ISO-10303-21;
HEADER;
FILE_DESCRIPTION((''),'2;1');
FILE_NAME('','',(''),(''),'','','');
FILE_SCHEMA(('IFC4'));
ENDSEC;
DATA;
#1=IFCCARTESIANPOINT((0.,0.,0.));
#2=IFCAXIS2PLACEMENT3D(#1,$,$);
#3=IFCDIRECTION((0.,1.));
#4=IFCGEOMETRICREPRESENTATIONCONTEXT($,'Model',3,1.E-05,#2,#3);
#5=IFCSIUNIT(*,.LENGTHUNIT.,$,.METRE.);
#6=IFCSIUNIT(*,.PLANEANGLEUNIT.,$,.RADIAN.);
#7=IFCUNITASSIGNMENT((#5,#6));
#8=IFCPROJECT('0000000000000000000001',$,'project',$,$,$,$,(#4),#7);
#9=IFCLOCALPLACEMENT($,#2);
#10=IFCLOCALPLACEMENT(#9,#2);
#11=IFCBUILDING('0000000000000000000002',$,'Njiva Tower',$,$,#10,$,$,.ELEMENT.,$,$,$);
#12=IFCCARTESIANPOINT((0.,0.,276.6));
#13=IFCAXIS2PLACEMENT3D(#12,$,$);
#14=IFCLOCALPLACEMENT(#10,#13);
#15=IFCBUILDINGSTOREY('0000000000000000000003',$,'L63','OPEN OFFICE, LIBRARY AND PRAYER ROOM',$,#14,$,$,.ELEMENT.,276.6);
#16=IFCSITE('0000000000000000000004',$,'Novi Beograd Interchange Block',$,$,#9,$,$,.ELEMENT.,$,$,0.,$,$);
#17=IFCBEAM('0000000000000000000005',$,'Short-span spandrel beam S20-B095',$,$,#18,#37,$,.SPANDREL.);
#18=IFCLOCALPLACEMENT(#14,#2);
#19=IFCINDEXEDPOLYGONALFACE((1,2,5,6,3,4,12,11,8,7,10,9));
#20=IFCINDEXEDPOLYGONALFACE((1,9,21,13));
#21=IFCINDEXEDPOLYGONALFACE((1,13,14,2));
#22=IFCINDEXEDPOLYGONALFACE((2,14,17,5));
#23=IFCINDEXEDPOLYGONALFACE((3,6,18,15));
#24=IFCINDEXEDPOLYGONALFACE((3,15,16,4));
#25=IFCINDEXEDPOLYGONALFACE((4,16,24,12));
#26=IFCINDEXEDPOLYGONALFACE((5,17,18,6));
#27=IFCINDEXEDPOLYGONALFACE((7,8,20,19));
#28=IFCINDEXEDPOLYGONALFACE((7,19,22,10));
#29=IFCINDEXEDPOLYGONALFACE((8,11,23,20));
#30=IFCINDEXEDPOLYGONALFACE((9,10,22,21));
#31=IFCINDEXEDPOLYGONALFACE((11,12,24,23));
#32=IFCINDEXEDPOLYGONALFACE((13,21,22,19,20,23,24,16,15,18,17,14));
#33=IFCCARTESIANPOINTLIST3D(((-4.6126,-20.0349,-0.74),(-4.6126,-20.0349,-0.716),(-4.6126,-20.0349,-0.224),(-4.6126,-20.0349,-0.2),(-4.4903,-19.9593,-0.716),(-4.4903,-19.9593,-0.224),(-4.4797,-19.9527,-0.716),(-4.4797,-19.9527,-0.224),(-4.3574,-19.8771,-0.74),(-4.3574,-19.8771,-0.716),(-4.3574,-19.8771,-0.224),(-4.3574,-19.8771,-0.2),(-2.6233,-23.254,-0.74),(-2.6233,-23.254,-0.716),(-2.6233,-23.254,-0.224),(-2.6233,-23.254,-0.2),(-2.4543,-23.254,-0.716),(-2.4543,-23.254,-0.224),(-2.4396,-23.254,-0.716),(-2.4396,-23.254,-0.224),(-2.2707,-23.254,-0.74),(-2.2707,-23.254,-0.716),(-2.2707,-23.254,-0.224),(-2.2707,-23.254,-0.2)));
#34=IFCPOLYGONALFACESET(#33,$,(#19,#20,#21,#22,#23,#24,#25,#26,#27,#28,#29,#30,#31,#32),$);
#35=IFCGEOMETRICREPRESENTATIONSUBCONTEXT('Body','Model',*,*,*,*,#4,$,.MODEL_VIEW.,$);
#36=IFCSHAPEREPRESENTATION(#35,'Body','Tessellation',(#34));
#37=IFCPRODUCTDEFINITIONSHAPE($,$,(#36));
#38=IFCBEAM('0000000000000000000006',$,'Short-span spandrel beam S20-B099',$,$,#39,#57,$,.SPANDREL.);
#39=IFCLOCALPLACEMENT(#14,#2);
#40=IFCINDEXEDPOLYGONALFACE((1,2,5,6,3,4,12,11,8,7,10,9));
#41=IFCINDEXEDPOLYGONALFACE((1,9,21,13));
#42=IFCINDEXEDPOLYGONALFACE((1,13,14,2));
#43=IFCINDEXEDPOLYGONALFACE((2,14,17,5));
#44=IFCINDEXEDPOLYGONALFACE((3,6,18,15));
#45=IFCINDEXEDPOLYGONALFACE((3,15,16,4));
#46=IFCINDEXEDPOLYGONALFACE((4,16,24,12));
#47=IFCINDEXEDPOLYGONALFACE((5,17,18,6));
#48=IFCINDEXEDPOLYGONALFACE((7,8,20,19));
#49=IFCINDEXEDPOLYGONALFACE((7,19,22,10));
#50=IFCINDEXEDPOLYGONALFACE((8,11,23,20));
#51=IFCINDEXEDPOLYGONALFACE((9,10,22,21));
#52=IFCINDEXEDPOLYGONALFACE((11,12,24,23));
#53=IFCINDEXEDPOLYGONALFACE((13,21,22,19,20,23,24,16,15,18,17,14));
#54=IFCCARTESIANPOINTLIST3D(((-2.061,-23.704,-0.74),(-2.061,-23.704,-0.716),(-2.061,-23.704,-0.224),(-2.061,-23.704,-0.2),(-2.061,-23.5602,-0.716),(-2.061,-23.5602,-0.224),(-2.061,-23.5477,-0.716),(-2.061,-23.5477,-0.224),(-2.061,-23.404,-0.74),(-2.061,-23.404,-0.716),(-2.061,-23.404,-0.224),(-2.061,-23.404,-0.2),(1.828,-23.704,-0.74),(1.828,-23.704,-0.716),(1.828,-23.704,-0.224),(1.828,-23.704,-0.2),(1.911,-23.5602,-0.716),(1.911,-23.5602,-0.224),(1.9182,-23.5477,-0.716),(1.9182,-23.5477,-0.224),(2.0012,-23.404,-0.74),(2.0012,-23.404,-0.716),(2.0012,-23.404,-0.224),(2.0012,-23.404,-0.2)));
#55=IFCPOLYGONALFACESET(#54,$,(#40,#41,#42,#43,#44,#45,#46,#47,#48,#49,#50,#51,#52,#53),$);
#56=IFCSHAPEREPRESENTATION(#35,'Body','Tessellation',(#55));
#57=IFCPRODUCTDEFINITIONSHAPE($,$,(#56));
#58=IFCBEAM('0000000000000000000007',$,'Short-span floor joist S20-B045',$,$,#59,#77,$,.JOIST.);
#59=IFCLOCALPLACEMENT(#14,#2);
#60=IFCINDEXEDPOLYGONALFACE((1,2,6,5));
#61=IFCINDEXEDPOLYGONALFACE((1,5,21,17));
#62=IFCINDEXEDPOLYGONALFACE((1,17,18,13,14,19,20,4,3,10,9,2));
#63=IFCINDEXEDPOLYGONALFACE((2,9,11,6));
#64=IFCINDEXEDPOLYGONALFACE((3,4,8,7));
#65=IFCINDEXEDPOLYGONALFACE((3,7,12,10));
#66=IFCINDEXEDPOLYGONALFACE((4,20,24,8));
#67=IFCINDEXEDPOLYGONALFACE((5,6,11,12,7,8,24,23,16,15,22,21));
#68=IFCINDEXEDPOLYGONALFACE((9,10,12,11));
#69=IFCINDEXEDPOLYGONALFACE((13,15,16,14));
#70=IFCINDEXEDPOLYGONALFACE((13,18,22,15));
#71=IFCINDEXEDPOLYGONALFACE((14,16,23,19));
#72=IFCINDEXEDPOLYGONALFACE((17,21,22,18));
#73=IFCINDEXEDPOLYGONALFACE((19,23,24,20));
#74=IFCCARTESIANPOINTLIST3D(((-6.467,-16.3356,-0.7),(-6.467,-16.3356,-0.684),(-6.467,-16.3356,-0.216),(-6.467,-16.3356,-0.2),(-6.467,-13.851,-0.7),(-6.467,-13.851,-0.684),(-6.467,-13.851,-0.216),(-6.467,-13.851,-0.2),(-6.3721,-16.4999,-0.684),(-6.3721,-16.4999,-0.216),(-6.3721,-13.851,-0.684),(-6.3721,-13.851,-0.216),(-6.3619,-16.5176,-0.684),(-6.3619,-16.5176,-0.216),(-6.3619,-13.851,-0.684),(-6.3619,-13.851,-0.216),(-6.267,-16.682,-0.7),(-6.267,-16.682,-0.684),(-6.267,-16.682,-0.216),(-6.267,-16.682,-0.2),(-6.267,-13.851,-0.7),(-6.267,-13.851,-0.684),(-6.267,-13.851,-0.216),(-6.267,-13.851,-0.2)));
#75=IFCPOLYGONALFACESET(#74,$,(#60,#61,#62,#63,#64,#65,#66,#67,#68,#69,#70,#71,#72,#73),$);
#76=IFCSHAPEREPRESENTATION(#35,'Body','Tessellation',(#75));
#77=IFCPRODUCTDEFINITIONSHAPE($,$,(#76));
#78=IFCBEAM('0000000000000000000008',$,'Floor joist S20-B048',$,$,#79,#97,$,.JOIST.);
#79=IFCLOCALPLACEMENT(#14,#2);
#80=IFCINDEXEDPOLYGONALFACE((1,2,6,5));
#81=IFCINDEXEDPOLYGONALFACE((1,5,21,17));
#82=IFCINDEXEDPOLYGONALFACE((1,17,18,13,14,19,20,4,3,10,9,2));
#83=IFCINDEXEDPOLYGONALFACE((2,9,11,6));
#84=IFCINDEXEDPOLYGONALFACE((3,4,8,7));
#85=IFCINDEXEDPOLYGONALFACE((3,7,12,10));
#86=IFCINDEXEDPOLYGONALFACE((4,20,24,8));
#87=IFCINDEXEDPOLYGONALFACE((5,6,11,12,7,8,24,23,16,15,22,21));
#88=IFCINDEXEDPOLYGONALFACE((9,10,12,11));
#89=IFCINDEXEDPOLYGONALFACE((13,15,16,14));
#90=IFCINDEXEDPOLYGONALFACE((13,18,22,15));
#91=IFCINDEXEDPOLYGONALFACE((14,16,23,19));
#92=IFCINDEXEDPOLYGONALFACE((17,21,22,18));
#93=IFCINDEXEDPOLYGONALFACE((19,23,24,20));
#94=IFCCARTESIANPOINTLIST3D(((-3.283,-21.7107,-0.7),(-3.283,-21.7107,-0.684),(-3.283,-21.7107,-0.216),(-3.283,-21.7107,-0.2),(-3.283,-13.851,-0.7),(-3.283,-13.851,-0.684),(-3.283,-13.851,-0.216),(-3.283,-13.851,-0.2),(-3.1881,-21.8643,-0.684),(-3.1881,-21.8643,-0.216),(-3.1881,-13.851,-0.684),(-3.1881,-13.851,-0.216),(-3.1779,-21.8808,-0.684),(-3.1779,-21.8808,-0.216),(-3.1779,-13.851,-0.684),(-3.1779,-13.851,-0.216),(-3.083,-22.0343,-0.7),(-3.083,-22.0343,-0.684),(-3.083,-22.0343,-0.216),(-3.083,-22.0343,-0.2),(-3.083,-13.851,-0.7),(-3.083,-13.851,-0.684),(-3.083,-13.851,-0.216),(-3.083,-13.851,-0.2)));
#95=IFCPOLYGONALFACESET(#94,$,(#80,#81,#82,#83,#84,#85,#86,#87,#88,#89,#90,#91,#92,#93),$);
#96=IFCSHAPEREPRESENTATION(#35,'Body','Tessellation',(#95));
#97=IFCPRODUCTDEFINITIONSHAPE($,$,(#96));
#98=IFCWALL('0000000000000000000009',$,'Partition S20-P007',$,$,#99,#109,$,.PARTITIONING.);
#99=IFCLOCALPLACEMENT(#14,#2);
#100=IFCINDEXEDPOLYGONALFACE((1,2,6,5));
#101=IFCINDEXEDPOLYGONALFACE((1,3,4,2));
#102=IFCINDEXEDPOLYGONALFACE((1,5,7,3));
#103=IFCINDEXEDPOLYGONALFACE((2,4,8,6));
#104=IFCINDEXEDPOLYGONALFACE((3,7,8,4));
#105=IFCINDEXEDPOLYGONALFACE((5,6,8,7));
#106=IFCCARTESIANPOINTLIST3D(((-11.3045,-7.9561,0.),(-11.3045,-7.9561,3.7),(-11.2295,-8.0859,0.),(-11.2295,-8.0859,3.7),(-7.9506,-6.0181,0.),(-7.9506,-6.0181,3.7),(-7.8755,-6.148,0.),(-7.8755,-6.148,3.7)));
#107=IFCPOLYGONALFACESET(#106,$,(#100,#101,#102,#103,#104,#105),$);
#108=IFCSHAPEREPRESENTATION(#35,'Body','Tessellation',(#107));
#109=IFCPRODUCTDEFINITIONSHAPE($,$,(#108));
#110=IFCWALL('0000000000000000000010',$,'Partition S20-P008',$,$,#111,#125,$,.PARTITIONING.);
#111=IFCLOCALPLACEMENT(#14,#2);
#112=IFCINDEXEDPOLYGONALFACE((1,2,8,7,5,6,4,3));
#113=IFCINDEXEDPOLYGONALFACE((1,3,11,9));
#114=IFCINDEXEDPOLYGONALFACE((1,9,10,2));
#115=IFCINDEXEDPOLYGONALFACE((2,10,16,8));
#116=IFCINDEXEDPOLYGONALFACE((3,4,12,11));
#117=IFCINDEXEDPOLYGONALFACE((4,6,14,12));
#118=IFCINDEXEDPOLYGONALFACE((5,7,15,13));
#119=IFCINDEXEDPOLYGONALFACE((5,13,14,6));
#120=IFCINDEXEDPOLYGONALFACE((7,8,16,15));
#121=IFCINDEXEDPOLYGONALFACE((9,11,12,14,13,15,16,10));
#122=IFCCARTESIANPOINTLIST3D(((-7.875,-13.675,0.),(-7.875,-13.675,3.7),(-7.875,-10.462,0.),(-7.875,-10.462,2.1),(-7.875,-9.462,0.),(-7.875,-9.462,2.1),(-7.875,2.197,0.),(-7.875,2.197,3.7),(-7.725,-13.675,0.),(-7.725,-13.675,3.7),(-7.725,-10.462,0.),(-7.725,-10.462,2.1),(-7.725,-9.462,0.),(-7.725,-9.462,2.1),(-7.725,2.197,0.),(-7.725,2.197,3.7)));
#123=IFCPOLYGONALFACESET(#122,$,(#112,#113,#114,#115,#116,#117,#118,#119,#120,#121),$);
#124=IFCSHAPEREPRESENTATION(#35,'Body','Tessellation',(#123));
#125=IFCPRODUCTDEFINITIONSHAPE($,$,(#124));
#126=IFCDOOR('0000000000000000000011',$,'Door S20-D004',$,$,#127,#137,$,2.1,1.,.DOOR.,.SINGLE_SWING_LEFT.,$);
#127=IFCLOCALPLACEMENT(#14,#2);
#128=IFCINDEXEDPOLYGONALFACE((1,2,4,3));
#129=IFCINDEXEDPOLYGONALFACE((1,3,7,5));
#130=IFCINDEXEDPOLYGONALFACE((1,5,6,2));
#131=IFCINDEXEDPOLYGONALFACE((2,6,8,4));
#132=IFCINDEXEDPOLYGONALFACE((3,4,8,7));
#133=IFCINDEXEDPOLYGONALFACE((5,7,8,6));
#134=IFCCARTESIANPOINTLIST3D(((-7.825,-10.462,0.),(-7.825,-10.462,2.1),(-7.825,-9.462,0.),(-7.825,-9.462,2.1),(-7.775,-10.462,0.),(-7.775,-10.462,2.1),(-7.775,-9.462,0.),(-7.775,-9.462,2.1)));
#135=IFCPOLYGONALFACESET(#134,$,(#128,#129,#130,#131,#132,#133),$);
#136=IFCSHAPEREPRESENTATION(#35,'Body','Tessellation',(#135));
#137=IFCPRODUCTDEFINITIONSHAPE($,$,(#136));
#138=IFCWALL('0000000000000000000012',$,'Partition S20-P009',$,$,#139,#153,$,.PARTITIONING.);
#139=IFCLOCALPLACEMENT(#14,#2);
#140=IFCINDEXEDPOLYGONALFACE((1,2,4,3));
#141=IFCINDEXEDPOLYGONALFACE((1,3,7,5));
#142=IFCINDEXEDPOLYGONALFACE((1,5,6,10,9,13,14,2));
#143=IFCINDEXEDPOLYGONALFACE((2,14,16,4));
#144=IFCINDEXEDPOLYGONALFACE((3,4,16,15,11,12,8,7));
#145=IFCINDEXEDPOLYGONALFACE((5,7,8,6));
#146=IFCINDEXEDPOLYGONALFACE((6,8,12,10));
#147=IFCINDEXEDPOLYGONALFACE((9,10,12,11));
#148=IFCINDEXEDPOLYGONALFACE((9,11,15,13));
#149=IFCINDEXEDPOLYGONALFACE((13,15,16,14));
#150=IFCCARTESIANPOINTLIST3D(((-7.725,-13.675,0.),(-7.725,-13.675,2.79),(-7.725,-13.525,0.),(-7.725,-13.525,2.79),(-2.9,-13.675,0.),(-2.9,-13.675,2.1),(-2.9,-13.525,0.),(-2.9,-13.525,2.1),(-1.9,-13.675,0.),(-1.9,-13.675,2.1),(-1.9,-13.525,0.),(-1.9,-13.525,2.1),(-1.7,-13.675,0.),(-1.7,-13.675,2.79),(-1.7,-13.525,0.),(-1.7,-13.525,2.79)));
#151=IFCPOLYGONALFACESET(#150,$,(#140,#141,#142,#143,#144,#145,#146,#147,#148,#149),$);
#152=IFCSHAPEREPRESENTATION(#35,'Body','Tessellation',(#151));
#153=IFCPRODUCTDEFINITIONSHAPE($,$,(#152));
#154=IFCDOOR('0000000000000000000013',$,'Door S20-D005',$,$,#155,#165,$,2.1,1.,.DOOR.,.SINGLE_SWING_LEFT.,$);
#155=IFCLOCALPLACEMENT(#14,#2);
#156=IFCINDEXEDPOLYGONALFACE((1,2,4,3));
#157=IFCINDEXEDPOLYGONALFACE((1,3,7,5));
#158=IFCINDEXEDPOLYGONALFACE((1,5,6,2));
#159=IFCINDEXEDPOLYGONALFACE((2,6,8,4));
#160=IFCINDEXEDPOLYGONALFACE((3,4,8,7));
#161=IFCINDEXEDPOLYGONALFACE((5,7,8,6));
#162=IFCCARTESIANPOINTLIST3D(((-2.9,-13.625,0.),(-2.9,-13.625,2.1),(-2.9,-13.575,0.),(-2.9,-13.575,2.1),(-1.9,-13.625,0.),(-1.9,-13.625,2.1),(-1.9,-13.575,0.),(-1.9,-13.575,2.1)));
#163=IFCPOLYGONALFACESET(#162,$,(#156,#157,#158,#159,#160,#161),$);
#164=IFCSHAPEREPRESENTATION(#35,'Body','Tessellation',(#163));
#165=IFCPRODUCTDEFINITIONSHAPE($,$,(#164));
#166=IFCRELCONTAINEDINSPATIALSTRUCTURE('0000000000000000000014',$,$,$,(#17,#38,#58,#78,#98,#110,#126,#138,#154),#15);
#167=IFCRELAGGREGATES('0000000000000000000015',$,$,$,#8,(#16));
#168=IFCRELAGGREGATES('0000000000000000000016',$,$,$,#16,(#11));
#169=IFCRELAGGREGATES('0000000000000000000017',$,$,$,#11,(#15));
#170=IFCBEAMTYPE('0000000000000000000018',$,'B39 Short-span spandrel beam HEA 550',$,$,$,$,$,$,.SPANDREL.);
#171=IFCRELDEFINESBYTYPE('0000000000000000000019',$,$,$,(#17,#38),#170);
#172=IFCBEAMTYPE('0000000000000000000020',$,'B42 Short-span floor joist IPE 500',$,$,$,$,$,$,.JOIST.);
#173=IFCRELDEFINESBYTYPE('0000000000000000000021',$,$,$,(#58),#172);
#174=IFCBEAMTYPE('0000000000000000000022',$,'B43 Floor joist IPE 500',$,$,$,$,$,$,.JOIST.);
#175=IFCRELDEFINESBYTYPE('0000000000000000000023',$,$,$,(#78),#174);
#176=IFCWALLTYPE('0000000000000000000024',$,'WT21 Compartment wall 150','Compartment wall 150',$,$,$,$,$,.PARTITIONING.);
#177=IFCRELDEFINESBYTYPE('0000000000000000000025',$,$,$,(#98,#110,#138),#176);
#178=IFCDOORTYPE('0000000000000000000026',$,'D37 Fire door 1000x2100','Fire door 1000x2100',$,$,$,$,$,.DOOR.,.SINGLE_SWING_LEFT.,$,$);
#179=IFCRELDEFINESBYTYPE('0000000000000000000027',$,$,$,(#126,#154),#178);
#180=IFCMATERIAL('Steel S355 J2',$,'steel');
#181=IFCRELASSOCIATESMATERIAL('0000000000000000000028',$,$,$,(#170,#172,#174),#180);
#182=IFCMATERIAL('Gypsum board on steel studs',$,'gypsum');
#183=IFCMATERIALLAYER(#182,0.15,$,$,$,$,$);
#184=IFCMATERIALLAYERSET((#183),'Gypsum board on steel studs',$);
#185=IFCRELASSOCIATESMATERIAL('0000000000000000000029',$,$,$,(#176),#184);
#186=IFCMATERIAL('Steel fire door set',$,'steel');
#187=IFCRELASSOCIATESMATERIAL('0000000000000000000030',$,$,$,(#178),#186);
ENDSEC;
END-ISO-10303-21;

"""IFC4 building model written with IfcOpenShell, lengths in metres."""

from ifc_helpers import new_model, si_unit, direction, frame, frame_2d, origin, origin_2d, place, context, subcontext, project, spatial, rectangle, i_section, extrude, clip, halfspace, material, layer, layer_set, material_profile, profile_set, type_object, element, fill, save


model = new_model("IFC4")

# Units and contexts
model_context = context("Model", 3, precision=1e-05, world=origin(), true_north=direction((0.0, 1.0)))
body_context = subcontext(model_context, "Body", "Model", "MODEL_VIEW")
ifc_project = project(units=[si_unit("LENGTHUNIT", "METRE"), si_unit("PLANEANGLEUNIT", "RADIAN")], contexts=[model_context])

# Site, building, storey
site_placement = place(None, origin())
site = spatial("IfcSite", under=ifc_project, at=site_placement, Name="Novi Beograd Interchange Block", CompositionType="ELEMENT", RefElevation=0.0)
building_placement = place(site_placement, origin())
building = spatial("IfcBuilding", under=site, at=building_placement, Name="Njiva Tower", CompositionType="ELEMENT")
storey_placement = place(building_placement, frame((0.0, 0.0, 276.6)))
storey = spatial("IfcBuildingStorey", under=building, at=storey_placement, Name="L63", Description="OPEN OFFICE, LIBRARY AND PRAYER ROOM", CompositionType="ELEMENT", Elevation=276.6)

# Shared definitions
ifc_material_1 = material(Name="Steel S355 J2", Category="steel")

# Beams
ifc_material_profile_1 = material_profile(ifc_material_1, i_section(OverallWidth=0.3, OverallDepth=0.54, WebThickness=0.0125, FlangeThickness=0.024, at=origin_2d()), Name="HEA 550")
ifc_profile_set_1 = profile_set([ifc_material_profile_1], Name="Steel S355 J2")
beam_type_1 = type_object("IfcBeamType", Name="B39 Short-span spandrel beam HEA 550", PredefinedType="SPANDREL", material=ifc_profile_set_1)
beam_1_placement = place(storey_placement, frame((-4.485, -19.956, -0.47), z_axis=(0.52568, -0.850683, 0.0), x_axis=(0.850683, 0.52568, 0.0)))
element("IfcBeam", 1, at=beam_1_placement, inside=storey, type_object=beam_type_1, Name="Short-span spandrel beam S20-B095", PredefinedType="SPANDREL", context=body_context, shape_type="Clipping", body=[
    clip(extrude(i_section(OverallWidth=0.3, OverallDepth=0.54, WebThickness=0.0125, FlangeThickness=0.024, at=origin_2d()), origin(), (0.0, 0.0, 1.0), 3.9899), halfspace(frame((-0.0259, 0.0, 3.8609), z_axis=(-0.52568, 0.0, 0.850683), x_axis=(0.0, 1.0, 0.0)), False)),
])
beam_2_placement = place(storey_placement, frame((-2.061, -23.554, -0.47), z_axis=(1.0, 0.0, 0.0), x_axis=(0.0, 1.0, 0.0)))
element("IfcBeam", 2, at=beam_2_placement, inside=storey, type_object=beam_type_1, Name="Short-span spandrel beam S20-B099", PredefinedType="SPANDREL", context=body_context, shape_type="Clipping", body=[
    clip(extrude(i_section(OverallWidth=0.3, OverallDepth=0.54, WebThickness=0.0125, FlangeThickness=0.024, at=origin_2d()), origin(), (0.0, 0.0, 1.0), 4.083), halfspace(frame((-0.0248, 0.0, 3.9613), z_axis=(-0.499998, 0.0, 0.866027), x_axis=(0.0, 1.0, 0.0)), False)),
])
ifc_material_profile_2 = material_profile(ifc_material_1, i_section(OverallWidth=0.2, OverallDepth=0.5, WebThickness=0.0102, FlangeThickness=0.016, at=origin_2d()), Name="IPE 500")
ifc_profile_set_2 = profile_set([ifc_material_profile_2], Name="Steel S355 J2")
beam_type_2 = type_object("IfcBeamType", Name="B42 Short-span floor joist IPE 500", PredefinedType="JOIST", material=ifc_profile_set_2)
beam_3_placement = place(storey_placement, frame((-6.367, -13.851, -0.45), z_axis=(0.0, -1.0, 0.0), x_axis=(1.0, 0.0, 0.0)))
element("IfcBeam", 3, at=beam_3_placement, inside=storey, type_object=beam_type_2, Name="Short-span floor joist S20-B045", PredefinedType="JOIST", context=body_context, shape_type="Clipping", body=[
    clip(extrude(i_section(OverallWidth=0.2, OverallDepth=0.5, WebThickness=0.0102, FlangeThickness=0.016, at=origin_2d()), origin(), (0.0, 0.0, 1.0), 2.851), halfspace(frame((-0.043, 0.0, 2.5833), z_axis=(-0.866027, 0.0, 0.499998), x_axis=(0.0, 1.0, 0.0)), False)),
])
ifc_material_profile_3 = material_profile(ifc_material_1, i_section(OverallWidth=0.2, OverallDepth=0.5, WebThickness=0.0102, FlangeThickness=0.016, at=origin_2d()), Name="IPE 500")
ifc_profile_set_3 = profile_set([ifc_material_profile_3], Name="Steel S355 J2")
beam_type_3 = type_object("IfcBeamType", Name="B43 Floor joist IPE 500", PredefinedType="JOIST", material=ifc_profile_set_3)
beam_4_placement = place(storey_placement, frame((-3.183, -13.851, -0.45), z_axis=(0.0, -1.0, 0.0), x_axis=(1.0, 0.0, 0.0)))
element("IfcBeam", 4, at=beam_4_placement, inside=storey, type_object=beam_type_3, Name="Floor joist S20-B048", PredefinedType="JOIST", context=body_context, shape_type="Clipping", body=[
    clip(extrude(i_section(OverallWidth=0.2, OverallDepth=0.5, WebThickness=0.0102, FlangeThickness=0.016, at=origin_2d()), origin(), (0.0, 0.0, 1.0), 8.203), halfspace(frame((-0.0429, 0.0, 7.9521), z_axis=(-0.85062, 0.0, 0.52578), x_axis=(0.0, 1.0, 0.0)), False)),
])

# Wall
ifc_material_2 = material(Name="Gypsum board on steel studs", Category="gypsum")
ifc_layer_1 = layer(ifc_material_2, 0.15)
ifc_layer_set_1 = layer_set([ifc_layer_1], Name="Gypsum board on steel studs")
wall_type_1 = type_object("IfcWallType", Name="WT21 Compartment wall 150", Description="Compartment wall 150", PredefinedType="PARTITIONING", material=ifc_layer_set_1)
wall_1_placement = place(storey_placement, frame((-11.267, -8.021, 0.0), z_axis=(0.0, 0.0, 1.0), x_axis=(0.86585, 0.500303, 0.0)))
element("IfcWall", 5, at=wall_1_placement, inside=storey, type_object=wall_type_1, Name="Partition S20-P007", PredefinedType="PARTITIONING", context=body_context, shape_type="SweptSolid", body=[
    extrude(rectangle(XDim=3.8736, YDim=0.15, at=frame_2d((1.9368, 0.0))), origin(), (0.0, 0.0, 1.0), 3.7),
])

# Walls, openings, doors
wall_2_placement = place(storey_placement, frame((-7.8, -13.675, 0.0), z_axis=(0.0, 0.0, 1.0), x_axis=(0.0, 1.0, 0.0)))
wall_2 = element("IfcWall", 6, at=wall_2_placement, inside=storey, type_object=wall_type_1, Name="Partition S20-P008", PredefinedType="PARTITIONING", context=body_context, shape_type="SweptSolid", body=[
    extrude(rectangle(XDim=15.872, YDim=0.15, at=frame_2d((7.936, 0.0))), origin(), (0.0, 0.0, 1.0), 3.7),
])
opening_1_placement = place(wall_2_placement, frame((3.213, 0.0, 0.0)))
opening_1 = element("IfcOpeningElement", 7, at=opening_1_placement, cuts=wall_2, PredefinedType="OPENING", context=body_context, shape_type="SweptSolid", body=[
    extrude(rectangle(XDim=1.0, YDim=2.1, at=frame_2d((0.5, 1.05))), frame((0.0, 0.085, 0.0), z_axis=(0.0, -1.0, 0.0), x_axis=(1.0, 0.0, 0.0)), (0.0, 0.0, 1.0), 0.17),
])
ifc_material_3 = material(Name="Steel fire door set", Category="steel")
door_type = type_object("IfcDoorType", Name="D37 Fire door 1000x2100", Description="Fire door 1000x2100", OperationType="SINGLE_SWING_LEFT", PredefinedType="DOOR", material=ifc_material_3)
door_1_placement = place(opening_1_placement, origin())
door_1 = element("IfcDoor", 8, at=door_1_placement, inside=storey, type_object=door_type, Name="Door S20-D004", OperationType="SINGLE_SWING_LEFT", OverallHeight=2.1, OverallWidth=1.0, PredefinedType="DOOR", context=body_context, shape_type="SweptSolid", body=[
    extrude(rectangle(XDim=1.0, YDim=2.1, at=frame_2d((0.5, 1.05))), frame((0.0, 0.025, 0.0), z_axis=(0.0, -1.0, 0.0), x_axis=(1.0, 0.0, 0.0)), (0.0, 0.0, 1.0), 0.05),
])
fill(opening_1, door_1)
wall_3_placement = place(storey_placement, frame((-7.725, -13.6, 0.0), z_axis=(0.0, 0.0, 1.0), x_axis=(1.0, 0.0, 0.0)))
wall_3 = element("IfcWall", 9, at=wall_3_placement, inside=storey, type_object=wall_type_1, Name="Partition S20-P009", PredefinedType="PARTITIONING", context=body_context, shape_type="SweptSolid", body=[
    extrude(rectangle(XDim=6.025, YDim=0.15, at=frame_2d((3.0125, 0.0))), origin(), (0.0, 0.0, 1.0), 2.79),
])
opening_2_placement = place(wall_3_placement, frame((4.825, 0.0, 0.0)))
opening_2 = element("IfcOpeningElement", 10, at=opening_2_placement, cuts=wall_3, PredefinedType="OPENING", context=body_context, shape_type="SweptSolid", body=[
    extrude(rectangle(XDim=1.0, YDim=2.1, at=frame_2d((0.5, 1.05))), frame((0.0, 0.085, 0.0), z_axis=(0.0, -1.0, 0.0), x_axis=(1.0, 0.0, 0.0)), (0.0, 0.0, 1.0), 0.17),
])
door_2_placement = place(opening_2_placement, origin())
door_2 = element("IfcDoor", 11, at=door_2_placement, inside=storey, type_object=door_type, Name="Door S20-D005", OperationType="SINGLE_SWING_LEFT", OverallHeight=2.1, OverallWidth=1.0, PredefinedType="DOOR", context=body_context, shape_type="SweptSolid", body=[
    extrude(rectangle(XDim=1.0, YDim=2.1, at=frame_2d((0.5, 1.05))), frame((0.0, 0.025, 0.0), z_axis=(0.0, -1.0, 0.0), x_axis=(1.0, 0.0, 0.0)), (0.0, 0.0, 1.0), 0.05),
])
fill(opening_2, door_2)

save(model, "model.ifc")
